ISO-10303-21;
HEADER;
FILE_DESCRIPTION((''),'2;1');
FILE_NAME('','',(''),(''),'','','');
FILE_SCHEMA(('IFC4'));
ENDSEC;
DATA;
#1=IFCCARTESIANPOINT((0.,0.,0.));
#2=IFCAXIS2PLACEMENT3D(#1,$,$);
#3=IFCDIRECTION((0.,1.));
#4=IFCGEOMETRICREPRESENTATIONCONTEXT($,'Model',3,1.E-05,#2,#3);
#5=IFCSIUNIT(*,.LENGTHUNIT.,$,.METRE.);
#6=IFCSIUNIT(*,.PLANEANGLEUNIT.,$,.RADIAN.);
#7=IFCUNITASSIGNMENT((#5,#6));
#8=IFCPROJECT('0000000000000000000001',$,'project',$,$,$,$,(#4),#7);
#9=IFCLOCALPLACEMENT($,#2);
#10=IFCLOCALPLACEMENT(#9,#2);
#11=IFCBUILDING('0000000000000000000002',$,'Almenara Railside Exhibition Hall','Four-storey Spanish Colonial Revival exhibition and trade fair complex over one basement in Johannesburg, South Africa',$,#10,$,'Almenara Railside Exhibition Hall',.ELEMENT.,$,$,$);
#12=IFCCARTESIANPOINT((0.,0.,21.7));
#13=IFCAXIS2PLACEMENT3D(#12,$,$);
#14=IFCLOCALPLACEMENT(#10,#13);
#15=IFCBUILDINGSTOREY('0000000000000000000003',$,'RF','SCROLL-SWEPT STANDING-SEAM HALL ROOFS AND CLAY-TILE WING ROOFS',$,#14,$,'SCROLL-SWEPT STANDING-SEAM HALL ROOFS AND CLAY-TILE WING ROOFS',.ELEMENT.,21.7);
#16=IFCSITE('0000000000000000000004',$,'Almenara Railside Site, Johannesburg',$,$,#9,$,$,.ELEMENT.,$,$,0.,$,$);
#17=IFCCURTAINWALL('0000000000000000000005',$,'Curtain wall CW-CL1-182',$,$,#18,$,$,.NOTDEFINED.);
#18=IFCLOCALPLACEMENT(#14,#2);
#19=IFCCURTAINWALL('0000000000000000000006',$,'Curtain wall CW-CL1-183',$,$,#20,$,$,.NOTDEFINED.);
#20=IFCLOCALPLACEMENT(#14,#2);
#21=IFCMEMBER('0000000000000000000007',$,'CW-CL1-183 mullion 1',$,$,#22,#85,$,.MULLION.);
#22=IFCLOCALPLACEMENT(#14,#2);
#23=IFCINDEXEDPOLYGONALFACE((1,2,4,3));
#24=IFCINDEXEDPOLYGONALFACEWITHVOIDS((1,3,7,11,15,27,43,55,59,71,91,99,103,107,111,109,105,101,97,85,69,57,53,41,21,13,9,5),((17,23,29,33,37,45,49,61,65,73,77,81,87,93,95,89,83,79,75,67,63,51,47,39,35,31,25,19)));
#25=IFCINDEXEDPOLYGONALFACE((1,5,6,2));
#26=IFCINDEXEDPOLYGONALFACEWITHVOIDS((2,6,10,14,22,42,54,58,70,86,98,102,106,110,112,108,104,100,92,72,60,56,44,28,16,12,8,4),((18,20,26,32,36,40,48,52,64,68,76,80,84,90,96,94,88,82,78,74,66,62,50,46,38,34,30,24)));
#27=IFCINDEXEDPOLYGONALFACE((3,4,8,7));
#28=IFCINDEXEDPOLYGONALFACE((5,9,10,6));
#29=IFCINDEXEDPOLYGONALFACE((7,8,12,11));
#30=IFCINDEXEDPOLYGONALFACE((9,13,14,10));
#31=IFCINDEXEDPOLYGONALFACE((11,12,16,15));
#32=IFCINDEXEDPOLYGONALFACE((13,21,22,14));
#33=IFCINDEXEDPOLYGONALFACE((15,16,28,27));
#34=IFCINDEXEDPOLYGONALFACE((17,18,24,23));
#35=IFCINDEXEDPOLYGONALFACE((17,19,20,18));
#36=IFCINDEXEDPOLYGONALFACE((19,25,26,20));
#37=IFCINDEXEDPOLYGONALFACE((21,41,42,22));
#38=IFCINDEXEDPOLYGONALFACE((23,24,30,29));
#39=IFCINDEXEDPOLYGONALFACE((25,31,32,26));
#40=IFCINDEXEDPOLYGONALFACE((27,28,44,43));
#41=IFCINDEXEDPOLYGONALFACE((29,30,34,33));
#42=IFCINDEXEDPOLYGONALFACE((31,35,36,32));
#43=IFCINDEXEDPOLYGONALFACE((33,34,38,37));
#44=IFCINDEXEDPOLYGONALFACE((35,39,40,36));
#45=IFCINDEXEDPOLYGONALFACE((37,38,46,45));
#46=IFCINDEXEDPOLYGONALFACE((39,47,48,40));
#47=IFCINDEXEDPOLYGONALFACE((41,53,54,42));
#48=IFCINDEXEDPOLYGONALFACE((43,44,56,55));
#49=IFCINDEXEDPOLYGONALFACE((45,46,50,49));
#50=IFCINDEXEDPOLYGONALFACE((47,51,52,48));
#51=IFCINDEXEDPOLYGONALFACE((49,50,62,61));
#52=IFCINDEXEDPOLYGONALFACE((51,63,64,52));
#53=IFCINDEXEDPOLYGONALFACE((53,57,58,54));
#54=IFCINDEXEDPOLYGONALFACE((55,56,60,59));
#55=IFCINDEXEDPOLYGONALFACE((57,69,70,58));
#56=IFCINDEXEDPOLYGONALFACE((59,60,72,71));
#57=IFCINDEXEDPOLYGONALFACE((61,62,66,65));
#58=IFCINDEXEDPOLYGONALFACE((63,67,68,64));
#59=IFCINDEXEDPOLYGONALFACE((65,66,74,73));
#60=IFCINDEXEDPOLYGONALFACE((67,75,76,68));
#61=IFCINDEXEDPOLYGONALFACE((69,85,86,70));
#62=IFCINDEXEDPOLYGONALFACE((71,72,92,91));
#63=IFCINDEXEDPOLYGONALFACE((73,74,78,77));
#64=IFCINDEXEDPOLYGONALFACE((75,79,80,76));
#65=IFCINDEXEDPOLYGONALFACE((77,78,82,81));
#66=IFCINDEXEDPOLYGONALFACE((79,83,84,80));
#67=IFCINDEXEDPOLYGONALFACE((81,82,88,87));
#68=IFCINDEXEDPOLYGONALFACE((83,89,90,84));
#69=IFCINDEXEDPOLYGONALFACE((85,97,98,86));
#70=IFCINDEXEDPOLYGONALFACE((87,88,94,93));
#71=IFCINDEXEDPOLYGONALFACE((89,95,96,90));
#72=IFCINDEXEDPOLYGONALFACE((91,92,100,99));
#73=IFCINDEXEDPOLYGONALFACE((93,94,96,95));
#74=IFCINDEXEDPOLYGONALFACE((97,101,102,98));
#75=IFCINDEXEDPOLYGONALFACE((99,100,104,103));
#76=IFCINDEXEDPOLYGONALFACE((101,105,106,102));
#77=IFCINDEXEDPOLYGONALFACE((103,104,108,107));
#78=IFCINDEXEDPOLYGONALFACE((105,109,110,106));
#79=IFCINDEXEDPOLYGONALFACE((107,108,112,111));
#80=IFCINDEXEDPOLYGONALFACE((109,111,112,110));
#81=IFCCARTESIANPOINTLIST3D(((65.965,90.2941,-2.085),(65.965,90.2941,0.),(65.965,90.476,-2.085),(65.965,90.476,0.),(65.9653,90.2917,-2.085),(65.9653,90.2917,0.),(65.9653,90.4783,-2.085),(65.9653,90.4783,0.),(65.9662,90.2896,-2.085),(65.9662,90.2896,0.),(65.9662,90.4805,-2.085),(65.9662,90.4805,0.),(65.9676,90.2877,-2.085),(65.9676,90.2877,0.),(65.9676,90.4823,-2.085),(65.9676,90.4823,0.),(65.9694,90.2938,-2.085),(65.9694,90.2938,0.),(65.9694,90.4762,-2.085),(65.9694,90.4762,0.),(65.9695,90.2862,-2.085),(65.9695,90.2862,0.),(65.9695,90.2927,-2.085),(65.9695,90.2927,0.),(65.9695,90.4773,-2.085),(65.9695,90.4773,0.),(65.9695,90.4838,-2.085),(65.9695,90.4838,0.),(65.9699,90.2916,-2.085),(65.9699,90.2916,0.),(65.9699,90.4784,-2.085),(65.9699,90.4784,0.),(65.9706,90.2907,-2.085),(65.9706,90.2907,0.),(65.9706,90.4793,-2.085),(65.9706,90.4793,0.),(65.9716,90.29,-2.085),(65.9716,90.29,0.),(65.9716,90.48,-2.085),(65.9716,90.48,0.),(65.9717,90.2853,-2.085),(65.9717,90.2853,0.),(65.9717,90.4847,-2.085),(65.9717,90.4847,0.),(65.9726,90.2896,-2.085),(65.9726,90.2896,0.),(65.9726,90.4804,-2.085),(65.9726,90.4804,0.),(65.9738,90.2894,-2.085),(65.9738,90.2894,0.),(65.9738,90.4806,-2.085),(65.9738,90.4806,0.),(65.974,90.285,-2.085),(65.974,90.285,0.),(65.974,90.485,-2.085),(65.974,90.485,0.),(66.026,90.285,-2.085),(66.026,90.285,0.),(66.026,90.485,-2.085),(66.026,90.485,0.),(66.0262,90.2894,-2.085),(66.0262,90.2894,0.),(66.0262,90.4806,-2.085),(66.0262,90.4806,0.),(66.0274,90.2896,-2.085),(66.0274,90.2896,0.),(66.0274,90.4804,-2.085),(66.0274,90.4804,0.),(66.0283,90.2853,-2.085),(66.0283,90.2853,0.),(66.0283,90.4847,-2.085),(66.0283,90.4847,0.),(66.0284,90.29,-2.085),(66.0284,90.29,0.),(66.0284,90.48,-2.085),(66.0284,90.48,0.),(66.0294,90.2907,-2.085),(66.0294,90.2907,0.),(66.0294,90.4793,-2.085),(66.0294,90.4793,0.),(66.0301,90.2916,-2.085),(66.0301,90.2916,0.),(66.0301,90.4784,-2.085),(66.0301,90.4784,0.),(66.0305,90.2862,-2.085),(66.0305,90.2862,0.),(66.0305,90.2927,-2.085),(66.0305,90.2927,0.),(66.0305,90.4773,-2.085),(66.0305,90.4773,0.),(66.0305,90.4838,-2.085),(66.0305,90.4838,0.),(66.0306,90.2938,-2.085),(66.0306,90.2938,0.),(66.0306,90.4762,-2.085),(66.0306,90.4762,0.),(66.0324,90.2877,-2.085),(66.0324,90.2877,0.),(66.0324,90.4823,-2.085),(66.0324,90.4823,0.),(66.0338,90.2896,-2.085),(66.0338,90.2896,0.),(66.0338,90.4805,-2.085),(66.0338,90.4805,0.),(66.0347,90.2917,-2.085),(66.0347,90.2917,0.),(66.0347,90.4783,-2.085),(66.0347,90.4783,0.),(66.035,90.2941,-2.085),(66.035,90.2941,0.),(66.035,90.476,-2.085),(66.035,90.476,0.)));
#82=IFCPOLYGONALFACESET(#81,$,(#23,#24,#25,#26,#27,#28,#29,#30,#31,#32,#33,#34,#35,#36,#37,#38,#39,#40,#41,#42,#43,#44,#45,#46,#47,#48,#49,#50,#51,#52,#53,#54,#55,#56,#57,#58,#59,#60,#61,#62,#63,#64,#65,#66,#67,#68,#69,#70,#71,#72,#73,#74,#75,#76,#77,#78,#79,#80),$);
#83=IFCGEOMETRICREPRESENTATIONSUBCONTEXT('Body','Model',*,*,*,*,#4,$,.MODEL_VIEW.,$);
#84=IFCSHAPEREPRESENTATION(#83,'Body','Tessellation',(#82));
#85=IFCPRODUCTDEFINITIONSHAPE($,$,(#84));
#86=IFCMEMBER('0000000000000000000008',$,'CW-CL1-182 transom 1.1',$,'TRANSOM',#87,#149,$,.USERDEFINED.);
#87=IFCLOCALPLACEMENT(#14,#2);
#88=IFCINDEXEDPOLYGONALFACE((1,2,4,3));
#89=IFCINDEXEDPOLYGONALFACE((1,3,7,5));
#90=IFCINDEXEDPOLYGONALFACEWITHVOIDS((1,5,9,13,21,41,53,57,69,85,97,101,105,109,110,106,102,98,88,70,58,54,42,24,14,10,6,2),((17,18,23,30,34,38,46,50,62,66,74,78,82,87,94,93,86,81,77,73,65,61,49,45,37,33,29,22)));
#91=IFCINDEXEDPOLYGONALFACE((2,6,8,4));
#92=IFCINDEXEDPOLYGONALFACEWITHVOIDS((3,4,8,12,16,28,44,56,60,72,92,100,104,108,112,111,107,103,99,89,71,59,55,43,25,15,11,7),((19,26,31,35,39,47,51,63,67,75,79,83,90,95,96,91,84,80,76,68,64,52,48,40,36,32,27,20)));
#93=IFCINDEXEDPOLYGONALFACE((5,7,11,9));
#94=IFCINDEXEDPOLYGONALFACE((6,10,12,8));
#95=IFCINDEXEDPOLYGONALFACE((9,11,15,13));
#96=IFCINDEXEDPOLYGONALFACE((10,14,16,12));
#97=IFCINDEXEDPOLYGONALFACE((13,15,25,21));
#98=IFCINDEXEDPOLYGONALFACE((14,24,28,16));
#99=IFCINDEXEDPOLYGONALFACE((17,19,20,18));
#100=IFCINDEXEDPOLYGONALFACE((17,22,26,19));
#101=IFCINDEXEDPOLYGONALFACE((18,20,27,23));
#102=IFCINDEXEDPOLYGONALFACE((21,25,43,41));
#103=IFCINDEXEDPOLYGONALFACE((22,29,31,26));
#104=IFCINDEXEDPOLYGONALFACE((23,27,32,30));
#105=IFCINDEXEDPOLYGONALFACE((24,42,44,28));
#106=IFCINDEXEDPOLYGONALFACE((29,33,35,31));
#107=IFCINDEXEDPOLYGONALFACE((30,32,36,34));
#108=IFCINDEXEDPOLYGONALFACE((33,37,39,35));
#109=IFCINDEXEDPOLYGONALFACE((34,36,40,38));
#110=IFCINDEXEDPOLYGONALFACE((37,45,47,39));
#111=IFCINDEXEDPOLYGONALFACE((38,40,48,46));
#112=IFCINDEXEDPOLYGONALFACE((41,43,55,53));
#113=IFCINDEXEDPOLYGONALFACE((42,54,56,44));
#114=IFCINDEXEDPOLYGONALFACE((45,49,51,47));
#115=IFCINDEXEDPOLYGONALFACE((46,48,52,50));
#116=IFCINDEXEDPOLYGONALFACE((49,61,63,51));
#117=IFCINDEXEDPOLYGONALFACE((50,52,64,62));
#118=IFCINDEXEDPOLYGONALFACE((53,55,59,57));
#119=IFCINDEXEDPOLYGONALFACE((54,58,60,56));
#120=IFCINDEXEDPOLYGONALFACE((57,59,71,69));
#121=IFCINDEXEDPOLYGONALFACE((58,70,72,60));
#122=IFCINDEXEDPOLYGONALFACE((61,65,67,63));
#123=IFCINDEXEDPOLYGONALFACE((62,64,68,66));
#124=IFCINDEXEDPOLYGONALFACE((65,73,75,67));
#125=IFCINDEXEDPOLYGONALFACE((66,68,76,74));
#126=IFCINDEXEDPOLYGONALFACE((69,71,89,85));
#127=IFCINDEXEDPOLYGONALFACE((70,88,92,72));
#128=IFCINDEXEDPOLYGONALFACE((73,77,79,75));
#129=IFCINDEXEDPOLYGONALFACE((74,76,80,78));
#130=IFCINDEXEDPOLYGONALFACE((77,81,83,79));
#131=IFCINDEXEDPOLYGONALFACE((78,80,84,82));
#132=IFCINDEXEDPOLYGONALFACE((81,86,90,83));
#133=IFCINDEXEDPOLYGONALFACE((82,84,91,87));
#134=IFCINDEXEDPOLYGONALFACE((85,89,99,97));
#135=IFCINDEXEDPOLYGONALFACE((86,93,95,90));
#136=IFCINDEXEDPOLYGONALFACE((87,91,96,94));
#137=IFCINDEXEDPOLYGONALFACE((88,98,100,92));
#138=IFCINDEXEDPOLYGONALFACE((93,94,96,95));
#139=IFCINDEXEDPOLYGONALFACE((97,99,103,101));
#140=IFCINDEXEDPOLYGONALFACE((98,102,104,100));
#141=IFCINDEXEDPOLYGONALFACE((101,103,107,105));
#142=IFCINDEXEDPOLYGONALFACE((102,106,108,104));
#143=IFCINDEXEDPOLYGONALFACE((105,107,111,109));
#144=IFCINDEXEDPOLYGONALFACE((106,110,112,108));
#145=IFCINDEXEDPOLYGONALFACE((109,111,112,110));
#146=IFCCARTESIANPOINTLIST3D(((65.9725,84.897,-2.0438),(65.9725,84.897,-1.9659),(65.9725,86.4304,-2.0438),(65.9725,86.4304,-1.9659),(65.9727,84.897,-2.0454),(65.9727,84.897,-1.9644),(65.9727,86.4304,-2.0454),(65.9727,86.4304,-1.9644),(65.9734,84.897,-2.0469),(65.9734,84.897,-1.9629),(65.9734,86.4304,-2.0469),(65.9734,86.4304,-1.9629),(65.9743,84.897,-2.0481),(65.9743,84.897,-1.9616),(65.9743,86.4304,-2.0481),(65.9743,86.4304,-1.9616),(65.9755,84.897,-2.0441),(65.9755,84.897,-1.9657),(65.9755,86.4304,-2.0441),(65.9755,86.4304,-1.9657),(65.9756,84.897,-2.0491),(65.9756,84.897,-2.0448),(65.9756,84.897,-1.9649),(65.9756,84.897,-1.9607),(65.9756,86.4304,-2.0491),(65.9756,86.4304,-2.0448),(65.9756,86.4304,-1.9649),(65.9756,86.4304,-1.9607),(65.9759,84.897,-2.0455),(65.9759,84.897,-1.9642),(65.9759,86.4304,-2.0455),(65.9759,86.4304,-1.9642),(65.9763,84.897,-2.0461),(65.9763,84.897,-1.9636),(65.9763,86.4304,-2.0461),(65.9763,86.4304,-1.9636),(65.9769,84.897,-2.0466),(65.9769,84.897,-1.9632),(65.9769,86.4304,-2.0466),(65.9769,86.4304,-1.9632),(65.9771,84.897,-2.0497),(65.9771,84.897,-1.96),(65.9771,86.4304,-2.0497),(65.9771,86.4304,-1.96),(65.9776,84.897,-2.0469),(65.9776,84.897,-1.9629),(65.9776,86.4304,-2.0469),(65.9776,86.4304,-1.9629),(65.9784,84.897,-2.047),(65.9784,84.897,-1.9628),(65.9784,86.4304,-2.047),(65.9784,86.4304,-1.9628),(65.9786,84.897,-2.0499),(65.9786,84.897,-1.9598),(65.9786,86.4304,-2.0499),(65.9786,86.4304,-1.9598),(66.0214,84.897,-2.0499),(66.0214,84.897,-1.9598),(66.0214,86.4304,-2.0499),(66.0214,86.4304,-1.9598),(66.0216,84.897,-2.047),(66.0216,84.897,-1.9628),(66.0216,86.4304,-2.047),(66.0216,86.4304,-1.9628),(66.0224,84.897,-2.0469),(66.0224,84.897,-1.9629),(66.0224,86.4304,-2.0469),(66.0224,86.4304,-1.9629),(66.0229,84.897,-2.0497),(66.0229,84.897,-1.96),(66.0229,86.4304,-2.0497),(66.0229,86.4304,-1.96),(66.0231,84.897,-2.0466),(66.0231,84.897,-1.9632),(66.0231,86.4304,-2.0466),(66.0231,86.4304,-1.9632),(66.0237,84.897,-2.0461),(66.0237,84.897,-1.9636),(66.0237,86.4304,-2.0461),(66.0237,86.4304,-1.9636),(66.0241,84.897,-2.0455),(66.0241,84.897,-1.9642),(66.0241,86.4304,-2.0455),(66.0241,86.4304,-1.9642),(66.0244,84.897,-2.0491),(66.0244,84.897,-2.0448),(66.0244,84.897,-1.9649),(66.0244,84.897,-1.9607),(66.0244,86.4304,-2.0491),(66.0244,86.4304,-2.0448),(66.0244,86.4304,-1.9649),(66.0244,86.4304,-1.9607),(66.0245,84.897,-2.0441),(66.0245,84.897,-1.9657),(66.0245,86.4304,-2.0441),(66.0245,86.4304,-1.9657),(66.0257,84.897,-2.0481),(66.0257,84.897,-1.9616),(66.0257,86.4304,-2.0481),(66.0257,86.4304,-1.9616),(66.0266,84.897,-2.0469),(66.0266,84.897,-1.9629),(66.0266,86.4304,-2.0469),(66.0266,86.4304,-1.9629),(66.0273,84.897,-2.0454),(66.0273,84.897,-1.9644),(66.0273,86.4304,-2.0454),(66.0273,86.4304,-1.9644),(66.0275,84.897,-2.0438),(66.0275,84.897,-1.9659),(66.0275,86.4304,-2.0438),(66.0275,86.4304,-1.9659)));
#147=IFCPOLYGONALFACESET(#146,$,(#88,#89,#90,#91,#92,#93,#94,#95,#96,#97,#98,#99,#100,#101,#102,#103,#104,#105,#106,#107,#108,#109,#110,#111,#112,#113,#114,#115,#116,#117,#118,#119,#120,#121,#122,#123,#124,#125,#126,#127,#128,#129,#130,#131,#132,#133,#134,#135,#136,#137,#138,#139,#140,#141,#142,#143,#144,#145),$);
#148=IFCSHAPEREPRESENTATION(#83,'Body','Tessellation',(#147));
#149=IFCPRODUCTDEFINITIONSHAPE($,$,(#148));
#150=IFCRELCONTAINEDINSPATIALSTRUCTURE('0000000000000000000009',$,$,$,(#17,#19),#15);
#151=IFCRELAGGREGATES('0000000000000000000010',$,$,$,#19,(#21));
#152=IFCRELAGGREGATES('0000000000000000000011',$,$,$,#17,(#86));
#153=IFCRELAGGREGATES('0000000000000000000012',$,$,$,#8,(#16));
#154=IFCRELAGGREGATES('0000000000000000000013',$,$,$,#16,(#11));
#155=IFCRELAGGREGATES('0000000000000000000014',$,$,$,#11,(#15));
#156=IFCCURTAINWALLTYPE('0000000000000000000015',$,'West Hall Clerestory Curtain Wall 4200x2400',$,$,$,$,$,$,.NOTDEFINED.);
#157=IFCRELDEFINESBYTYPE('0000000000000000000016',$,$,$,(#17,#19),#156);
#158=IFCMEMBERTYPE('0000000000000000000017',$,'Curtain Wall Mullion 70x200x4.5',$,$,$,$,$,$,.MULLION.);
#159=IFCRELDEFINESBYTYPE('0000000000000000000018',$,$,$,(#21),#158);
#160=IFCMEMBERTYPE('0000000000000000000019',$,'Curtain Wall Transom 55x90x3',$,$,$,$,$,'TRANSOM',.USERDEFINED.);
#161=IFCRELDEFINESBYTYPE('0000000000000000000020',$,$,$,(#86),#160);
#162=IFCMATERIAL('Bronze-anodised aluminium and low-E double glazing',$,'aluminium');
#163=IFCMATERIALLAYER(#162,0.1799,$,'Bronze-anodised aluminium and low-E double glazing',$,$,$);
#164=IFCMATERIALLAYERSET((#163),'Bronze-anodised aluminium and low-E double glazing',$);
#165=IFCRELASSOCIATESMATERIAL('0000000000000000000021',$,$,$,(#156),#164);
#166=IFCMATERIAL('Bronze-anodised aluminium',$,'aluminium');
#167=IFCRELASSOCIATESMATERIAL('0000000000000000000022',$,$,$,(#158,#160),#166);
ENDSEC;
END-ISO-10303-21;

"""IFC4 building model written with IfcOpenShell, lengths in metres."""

from ifc_helpers import new_model, si_unit, direction, frame, origin, origin_2d, place, context, subcontext, project, spatial, hollow_rectangle, extrude, material, layer, layer_set, material_profile, profile_set, type_object, element, aggregate, save


model = new_model("IFC4")

# Units and contexts
model_context = context("Model", 3, precision=1e-05, world=origin(), true_north=direction((0.0, 1.0)))
body_context = subcontext(model_context, "Body", "Model", "MODEL_VIEW")
ifc_project = project(units=[si_unit("LENGTHUNIT", "METRE"), si_unit("PLANEANGLEUNIT", "RADIAN")], contexts=[model_context])

# Site, building, storey
site_placement = place(None, origin())
site = spatial("IfcSite", under=ifc_project, at=site_placement, Name="Almenara Railside Site, Johannesburg", CompositionType="ELEMENT", RefElevation=0.0)
building_placement = place(site_placement, origin())
building = spatial("IfcBuilding", under=site, at=building_placement, Name="Almenara Railside Exhibition Hall", Description="Four-storey Spanish Colonial Revival exhibition and trade fair complex over one basement in Johannesburg, South Africa", LongName="Almenara Railside Exhibition Hall", CompositionType="ELEMENT")
storey_placement = place(building_placement, frame((0.0, 0.0, 21.7)))
storey = spatial("IfcBuildingStorey", under=building, at=storey_placement, Name="RF", Description="SCROLL-SWEPT STANDING-SEAM HALL ROOFS AND CLAY-TILE WING ROOFS", LongName="SCROLL-SWEPT STANDING-SEAM HALL ROOFS AND CLAY-TILE WING ROOFS", CompositionType="ELEMENT", Elevation=21.7)

# Curtain wall
ifc_material_1 = material(Name="Bronze-anodised aluminium and low-E double glazing", Category="aluminium")
ifc_layer_1 = layer(ifc_material_1, 0.1799, Name="Bronze-anodised aluminium and low-E double glazing")
ifc_layer_set_1 = layer_set([ifc_layer_1], Name="Bronze-anodised aluminium and low-E double glazing")
curtain_wall_type = type_object("IfcCurtainWallType", Name="West Hall Clerestory Curtain Wall 4200x2400", PredefinedType="NOTDEFINED", material=ifc_layer_set_1)
curtain_wall_1_placement = place(storey_placement, origin())
curtain_wall_1 = element("IfcCurtainWall", 1, at=curtain_wall_1_placement, inside=storey, type_object=curtain_wall_type, Name="Curtain wall CW-CL1-182", PredefinedType="NOTDEFINED")
ifc_material_2 = material(Name="Bronze-anodised aluminium", Category="aluminium")

# Curtain wall, member
curtain_wall_2_placement = place(storey_placement, origin())
curtain_wall_2 = element("IfcCurtainWall", 2, at=curtain_wall_2_placement, inside=storey, type_object=curtain_wall_type, Name="Curtain wall CW-CL1-183", PredefinedType="NOTDEFINED")
ifc_material_profile_1 = material_profile(ifc_material_2, hollow_rectangle(XDim=0.0701, YDim=0.2, WallThickness=0.0044, InnerFilletRadius=0.0044, OuterFilletRadius=0.009, at=origin_2d()), Name="ALU-MUL 70x200x4.5")
ifc_profile_set_1 = profile_set([ifc_material_profile_1], Name="Bronze-anodised aluminium")
member_type_1 = type_object("IfcMemberType", Name="Curtain Wall Mullion 70x200x4.5", PredefinedType="MULLION", material=ifc_profile_set_1)
member_1_placement = place(storey_placement, frame((66.0, 90.385, -2.085), z_axis=(0.0, 0.0, 1.0), x_axis=(-1.0, 0.0, 0.0)))
member_1 = element("IfcMember", 3, at=member_1_placement, type_object=member_type_1, Name="CW-CL1-183 mullion 1", PredefinedType="MULLION", context=body_context, shape_type="SweptSolid", body=[
    extrude(hollow_rectangle(XDim=0.0701, YDim=0.2, WallThickness=0.0044, InnerFilletRadius=0.0044, OuterFilletRadius=0.009, at=origin_2d()), origin(), (0.0, 0.0, 1.0), 2.085),
])

# Member
ifc_material_profile_2 = material_profile(ifc_material_2, hollow_rectangle(XDim=0.0549, YDim=0.0901, WallThickness=0.0029, InnerFilletRadius=0.0029, OuterFilletRadius=0.0061, at=origin_2d()), Name="ALU-TRN 55x90x3")
ifc_profile_set_2 = profile_set([ifc_material_profile_2], Name="Bronze-anodised aluminium")
member_type_2 = type_object("IfcMemberType", Name="Curtain Wall Transom 55x90x3", ElementType="TRANSOM", PredefinedType="USERDEFINED", material=ifc_profile_set_2)
member_2_placement = place(storey_placement, frame((66.0, 84.897, -2.0049), z_axis=(0.0, 1.0, 0.0), x_axis=(-1.0, 0.0, 0.0)))
member_2 = element("IfcMember", 4, at=member_2_placement, type_object=member_type_2, Name="CW-CL1-182 transom 1.1", ObjectType="TRANSOM", PredefinedType="USERDEFINED", context=body_context, shape_type="SweptSolid", body=[
    extrude(hollow_rectangle(XDim=0.0549, YDim=0.0901, WallThickness=0.0029, InnerFilletRadius=0.0029, OuterFilletRadius=0.0061, at=origin_2d()), origin(), (0.0, 0.0, 1.0), 1.5334),
])
aggregate(curtain_wall_2, [member_1])

aggregate(curtain_wall_1, [member_2])

save(model, "model.ifc")
